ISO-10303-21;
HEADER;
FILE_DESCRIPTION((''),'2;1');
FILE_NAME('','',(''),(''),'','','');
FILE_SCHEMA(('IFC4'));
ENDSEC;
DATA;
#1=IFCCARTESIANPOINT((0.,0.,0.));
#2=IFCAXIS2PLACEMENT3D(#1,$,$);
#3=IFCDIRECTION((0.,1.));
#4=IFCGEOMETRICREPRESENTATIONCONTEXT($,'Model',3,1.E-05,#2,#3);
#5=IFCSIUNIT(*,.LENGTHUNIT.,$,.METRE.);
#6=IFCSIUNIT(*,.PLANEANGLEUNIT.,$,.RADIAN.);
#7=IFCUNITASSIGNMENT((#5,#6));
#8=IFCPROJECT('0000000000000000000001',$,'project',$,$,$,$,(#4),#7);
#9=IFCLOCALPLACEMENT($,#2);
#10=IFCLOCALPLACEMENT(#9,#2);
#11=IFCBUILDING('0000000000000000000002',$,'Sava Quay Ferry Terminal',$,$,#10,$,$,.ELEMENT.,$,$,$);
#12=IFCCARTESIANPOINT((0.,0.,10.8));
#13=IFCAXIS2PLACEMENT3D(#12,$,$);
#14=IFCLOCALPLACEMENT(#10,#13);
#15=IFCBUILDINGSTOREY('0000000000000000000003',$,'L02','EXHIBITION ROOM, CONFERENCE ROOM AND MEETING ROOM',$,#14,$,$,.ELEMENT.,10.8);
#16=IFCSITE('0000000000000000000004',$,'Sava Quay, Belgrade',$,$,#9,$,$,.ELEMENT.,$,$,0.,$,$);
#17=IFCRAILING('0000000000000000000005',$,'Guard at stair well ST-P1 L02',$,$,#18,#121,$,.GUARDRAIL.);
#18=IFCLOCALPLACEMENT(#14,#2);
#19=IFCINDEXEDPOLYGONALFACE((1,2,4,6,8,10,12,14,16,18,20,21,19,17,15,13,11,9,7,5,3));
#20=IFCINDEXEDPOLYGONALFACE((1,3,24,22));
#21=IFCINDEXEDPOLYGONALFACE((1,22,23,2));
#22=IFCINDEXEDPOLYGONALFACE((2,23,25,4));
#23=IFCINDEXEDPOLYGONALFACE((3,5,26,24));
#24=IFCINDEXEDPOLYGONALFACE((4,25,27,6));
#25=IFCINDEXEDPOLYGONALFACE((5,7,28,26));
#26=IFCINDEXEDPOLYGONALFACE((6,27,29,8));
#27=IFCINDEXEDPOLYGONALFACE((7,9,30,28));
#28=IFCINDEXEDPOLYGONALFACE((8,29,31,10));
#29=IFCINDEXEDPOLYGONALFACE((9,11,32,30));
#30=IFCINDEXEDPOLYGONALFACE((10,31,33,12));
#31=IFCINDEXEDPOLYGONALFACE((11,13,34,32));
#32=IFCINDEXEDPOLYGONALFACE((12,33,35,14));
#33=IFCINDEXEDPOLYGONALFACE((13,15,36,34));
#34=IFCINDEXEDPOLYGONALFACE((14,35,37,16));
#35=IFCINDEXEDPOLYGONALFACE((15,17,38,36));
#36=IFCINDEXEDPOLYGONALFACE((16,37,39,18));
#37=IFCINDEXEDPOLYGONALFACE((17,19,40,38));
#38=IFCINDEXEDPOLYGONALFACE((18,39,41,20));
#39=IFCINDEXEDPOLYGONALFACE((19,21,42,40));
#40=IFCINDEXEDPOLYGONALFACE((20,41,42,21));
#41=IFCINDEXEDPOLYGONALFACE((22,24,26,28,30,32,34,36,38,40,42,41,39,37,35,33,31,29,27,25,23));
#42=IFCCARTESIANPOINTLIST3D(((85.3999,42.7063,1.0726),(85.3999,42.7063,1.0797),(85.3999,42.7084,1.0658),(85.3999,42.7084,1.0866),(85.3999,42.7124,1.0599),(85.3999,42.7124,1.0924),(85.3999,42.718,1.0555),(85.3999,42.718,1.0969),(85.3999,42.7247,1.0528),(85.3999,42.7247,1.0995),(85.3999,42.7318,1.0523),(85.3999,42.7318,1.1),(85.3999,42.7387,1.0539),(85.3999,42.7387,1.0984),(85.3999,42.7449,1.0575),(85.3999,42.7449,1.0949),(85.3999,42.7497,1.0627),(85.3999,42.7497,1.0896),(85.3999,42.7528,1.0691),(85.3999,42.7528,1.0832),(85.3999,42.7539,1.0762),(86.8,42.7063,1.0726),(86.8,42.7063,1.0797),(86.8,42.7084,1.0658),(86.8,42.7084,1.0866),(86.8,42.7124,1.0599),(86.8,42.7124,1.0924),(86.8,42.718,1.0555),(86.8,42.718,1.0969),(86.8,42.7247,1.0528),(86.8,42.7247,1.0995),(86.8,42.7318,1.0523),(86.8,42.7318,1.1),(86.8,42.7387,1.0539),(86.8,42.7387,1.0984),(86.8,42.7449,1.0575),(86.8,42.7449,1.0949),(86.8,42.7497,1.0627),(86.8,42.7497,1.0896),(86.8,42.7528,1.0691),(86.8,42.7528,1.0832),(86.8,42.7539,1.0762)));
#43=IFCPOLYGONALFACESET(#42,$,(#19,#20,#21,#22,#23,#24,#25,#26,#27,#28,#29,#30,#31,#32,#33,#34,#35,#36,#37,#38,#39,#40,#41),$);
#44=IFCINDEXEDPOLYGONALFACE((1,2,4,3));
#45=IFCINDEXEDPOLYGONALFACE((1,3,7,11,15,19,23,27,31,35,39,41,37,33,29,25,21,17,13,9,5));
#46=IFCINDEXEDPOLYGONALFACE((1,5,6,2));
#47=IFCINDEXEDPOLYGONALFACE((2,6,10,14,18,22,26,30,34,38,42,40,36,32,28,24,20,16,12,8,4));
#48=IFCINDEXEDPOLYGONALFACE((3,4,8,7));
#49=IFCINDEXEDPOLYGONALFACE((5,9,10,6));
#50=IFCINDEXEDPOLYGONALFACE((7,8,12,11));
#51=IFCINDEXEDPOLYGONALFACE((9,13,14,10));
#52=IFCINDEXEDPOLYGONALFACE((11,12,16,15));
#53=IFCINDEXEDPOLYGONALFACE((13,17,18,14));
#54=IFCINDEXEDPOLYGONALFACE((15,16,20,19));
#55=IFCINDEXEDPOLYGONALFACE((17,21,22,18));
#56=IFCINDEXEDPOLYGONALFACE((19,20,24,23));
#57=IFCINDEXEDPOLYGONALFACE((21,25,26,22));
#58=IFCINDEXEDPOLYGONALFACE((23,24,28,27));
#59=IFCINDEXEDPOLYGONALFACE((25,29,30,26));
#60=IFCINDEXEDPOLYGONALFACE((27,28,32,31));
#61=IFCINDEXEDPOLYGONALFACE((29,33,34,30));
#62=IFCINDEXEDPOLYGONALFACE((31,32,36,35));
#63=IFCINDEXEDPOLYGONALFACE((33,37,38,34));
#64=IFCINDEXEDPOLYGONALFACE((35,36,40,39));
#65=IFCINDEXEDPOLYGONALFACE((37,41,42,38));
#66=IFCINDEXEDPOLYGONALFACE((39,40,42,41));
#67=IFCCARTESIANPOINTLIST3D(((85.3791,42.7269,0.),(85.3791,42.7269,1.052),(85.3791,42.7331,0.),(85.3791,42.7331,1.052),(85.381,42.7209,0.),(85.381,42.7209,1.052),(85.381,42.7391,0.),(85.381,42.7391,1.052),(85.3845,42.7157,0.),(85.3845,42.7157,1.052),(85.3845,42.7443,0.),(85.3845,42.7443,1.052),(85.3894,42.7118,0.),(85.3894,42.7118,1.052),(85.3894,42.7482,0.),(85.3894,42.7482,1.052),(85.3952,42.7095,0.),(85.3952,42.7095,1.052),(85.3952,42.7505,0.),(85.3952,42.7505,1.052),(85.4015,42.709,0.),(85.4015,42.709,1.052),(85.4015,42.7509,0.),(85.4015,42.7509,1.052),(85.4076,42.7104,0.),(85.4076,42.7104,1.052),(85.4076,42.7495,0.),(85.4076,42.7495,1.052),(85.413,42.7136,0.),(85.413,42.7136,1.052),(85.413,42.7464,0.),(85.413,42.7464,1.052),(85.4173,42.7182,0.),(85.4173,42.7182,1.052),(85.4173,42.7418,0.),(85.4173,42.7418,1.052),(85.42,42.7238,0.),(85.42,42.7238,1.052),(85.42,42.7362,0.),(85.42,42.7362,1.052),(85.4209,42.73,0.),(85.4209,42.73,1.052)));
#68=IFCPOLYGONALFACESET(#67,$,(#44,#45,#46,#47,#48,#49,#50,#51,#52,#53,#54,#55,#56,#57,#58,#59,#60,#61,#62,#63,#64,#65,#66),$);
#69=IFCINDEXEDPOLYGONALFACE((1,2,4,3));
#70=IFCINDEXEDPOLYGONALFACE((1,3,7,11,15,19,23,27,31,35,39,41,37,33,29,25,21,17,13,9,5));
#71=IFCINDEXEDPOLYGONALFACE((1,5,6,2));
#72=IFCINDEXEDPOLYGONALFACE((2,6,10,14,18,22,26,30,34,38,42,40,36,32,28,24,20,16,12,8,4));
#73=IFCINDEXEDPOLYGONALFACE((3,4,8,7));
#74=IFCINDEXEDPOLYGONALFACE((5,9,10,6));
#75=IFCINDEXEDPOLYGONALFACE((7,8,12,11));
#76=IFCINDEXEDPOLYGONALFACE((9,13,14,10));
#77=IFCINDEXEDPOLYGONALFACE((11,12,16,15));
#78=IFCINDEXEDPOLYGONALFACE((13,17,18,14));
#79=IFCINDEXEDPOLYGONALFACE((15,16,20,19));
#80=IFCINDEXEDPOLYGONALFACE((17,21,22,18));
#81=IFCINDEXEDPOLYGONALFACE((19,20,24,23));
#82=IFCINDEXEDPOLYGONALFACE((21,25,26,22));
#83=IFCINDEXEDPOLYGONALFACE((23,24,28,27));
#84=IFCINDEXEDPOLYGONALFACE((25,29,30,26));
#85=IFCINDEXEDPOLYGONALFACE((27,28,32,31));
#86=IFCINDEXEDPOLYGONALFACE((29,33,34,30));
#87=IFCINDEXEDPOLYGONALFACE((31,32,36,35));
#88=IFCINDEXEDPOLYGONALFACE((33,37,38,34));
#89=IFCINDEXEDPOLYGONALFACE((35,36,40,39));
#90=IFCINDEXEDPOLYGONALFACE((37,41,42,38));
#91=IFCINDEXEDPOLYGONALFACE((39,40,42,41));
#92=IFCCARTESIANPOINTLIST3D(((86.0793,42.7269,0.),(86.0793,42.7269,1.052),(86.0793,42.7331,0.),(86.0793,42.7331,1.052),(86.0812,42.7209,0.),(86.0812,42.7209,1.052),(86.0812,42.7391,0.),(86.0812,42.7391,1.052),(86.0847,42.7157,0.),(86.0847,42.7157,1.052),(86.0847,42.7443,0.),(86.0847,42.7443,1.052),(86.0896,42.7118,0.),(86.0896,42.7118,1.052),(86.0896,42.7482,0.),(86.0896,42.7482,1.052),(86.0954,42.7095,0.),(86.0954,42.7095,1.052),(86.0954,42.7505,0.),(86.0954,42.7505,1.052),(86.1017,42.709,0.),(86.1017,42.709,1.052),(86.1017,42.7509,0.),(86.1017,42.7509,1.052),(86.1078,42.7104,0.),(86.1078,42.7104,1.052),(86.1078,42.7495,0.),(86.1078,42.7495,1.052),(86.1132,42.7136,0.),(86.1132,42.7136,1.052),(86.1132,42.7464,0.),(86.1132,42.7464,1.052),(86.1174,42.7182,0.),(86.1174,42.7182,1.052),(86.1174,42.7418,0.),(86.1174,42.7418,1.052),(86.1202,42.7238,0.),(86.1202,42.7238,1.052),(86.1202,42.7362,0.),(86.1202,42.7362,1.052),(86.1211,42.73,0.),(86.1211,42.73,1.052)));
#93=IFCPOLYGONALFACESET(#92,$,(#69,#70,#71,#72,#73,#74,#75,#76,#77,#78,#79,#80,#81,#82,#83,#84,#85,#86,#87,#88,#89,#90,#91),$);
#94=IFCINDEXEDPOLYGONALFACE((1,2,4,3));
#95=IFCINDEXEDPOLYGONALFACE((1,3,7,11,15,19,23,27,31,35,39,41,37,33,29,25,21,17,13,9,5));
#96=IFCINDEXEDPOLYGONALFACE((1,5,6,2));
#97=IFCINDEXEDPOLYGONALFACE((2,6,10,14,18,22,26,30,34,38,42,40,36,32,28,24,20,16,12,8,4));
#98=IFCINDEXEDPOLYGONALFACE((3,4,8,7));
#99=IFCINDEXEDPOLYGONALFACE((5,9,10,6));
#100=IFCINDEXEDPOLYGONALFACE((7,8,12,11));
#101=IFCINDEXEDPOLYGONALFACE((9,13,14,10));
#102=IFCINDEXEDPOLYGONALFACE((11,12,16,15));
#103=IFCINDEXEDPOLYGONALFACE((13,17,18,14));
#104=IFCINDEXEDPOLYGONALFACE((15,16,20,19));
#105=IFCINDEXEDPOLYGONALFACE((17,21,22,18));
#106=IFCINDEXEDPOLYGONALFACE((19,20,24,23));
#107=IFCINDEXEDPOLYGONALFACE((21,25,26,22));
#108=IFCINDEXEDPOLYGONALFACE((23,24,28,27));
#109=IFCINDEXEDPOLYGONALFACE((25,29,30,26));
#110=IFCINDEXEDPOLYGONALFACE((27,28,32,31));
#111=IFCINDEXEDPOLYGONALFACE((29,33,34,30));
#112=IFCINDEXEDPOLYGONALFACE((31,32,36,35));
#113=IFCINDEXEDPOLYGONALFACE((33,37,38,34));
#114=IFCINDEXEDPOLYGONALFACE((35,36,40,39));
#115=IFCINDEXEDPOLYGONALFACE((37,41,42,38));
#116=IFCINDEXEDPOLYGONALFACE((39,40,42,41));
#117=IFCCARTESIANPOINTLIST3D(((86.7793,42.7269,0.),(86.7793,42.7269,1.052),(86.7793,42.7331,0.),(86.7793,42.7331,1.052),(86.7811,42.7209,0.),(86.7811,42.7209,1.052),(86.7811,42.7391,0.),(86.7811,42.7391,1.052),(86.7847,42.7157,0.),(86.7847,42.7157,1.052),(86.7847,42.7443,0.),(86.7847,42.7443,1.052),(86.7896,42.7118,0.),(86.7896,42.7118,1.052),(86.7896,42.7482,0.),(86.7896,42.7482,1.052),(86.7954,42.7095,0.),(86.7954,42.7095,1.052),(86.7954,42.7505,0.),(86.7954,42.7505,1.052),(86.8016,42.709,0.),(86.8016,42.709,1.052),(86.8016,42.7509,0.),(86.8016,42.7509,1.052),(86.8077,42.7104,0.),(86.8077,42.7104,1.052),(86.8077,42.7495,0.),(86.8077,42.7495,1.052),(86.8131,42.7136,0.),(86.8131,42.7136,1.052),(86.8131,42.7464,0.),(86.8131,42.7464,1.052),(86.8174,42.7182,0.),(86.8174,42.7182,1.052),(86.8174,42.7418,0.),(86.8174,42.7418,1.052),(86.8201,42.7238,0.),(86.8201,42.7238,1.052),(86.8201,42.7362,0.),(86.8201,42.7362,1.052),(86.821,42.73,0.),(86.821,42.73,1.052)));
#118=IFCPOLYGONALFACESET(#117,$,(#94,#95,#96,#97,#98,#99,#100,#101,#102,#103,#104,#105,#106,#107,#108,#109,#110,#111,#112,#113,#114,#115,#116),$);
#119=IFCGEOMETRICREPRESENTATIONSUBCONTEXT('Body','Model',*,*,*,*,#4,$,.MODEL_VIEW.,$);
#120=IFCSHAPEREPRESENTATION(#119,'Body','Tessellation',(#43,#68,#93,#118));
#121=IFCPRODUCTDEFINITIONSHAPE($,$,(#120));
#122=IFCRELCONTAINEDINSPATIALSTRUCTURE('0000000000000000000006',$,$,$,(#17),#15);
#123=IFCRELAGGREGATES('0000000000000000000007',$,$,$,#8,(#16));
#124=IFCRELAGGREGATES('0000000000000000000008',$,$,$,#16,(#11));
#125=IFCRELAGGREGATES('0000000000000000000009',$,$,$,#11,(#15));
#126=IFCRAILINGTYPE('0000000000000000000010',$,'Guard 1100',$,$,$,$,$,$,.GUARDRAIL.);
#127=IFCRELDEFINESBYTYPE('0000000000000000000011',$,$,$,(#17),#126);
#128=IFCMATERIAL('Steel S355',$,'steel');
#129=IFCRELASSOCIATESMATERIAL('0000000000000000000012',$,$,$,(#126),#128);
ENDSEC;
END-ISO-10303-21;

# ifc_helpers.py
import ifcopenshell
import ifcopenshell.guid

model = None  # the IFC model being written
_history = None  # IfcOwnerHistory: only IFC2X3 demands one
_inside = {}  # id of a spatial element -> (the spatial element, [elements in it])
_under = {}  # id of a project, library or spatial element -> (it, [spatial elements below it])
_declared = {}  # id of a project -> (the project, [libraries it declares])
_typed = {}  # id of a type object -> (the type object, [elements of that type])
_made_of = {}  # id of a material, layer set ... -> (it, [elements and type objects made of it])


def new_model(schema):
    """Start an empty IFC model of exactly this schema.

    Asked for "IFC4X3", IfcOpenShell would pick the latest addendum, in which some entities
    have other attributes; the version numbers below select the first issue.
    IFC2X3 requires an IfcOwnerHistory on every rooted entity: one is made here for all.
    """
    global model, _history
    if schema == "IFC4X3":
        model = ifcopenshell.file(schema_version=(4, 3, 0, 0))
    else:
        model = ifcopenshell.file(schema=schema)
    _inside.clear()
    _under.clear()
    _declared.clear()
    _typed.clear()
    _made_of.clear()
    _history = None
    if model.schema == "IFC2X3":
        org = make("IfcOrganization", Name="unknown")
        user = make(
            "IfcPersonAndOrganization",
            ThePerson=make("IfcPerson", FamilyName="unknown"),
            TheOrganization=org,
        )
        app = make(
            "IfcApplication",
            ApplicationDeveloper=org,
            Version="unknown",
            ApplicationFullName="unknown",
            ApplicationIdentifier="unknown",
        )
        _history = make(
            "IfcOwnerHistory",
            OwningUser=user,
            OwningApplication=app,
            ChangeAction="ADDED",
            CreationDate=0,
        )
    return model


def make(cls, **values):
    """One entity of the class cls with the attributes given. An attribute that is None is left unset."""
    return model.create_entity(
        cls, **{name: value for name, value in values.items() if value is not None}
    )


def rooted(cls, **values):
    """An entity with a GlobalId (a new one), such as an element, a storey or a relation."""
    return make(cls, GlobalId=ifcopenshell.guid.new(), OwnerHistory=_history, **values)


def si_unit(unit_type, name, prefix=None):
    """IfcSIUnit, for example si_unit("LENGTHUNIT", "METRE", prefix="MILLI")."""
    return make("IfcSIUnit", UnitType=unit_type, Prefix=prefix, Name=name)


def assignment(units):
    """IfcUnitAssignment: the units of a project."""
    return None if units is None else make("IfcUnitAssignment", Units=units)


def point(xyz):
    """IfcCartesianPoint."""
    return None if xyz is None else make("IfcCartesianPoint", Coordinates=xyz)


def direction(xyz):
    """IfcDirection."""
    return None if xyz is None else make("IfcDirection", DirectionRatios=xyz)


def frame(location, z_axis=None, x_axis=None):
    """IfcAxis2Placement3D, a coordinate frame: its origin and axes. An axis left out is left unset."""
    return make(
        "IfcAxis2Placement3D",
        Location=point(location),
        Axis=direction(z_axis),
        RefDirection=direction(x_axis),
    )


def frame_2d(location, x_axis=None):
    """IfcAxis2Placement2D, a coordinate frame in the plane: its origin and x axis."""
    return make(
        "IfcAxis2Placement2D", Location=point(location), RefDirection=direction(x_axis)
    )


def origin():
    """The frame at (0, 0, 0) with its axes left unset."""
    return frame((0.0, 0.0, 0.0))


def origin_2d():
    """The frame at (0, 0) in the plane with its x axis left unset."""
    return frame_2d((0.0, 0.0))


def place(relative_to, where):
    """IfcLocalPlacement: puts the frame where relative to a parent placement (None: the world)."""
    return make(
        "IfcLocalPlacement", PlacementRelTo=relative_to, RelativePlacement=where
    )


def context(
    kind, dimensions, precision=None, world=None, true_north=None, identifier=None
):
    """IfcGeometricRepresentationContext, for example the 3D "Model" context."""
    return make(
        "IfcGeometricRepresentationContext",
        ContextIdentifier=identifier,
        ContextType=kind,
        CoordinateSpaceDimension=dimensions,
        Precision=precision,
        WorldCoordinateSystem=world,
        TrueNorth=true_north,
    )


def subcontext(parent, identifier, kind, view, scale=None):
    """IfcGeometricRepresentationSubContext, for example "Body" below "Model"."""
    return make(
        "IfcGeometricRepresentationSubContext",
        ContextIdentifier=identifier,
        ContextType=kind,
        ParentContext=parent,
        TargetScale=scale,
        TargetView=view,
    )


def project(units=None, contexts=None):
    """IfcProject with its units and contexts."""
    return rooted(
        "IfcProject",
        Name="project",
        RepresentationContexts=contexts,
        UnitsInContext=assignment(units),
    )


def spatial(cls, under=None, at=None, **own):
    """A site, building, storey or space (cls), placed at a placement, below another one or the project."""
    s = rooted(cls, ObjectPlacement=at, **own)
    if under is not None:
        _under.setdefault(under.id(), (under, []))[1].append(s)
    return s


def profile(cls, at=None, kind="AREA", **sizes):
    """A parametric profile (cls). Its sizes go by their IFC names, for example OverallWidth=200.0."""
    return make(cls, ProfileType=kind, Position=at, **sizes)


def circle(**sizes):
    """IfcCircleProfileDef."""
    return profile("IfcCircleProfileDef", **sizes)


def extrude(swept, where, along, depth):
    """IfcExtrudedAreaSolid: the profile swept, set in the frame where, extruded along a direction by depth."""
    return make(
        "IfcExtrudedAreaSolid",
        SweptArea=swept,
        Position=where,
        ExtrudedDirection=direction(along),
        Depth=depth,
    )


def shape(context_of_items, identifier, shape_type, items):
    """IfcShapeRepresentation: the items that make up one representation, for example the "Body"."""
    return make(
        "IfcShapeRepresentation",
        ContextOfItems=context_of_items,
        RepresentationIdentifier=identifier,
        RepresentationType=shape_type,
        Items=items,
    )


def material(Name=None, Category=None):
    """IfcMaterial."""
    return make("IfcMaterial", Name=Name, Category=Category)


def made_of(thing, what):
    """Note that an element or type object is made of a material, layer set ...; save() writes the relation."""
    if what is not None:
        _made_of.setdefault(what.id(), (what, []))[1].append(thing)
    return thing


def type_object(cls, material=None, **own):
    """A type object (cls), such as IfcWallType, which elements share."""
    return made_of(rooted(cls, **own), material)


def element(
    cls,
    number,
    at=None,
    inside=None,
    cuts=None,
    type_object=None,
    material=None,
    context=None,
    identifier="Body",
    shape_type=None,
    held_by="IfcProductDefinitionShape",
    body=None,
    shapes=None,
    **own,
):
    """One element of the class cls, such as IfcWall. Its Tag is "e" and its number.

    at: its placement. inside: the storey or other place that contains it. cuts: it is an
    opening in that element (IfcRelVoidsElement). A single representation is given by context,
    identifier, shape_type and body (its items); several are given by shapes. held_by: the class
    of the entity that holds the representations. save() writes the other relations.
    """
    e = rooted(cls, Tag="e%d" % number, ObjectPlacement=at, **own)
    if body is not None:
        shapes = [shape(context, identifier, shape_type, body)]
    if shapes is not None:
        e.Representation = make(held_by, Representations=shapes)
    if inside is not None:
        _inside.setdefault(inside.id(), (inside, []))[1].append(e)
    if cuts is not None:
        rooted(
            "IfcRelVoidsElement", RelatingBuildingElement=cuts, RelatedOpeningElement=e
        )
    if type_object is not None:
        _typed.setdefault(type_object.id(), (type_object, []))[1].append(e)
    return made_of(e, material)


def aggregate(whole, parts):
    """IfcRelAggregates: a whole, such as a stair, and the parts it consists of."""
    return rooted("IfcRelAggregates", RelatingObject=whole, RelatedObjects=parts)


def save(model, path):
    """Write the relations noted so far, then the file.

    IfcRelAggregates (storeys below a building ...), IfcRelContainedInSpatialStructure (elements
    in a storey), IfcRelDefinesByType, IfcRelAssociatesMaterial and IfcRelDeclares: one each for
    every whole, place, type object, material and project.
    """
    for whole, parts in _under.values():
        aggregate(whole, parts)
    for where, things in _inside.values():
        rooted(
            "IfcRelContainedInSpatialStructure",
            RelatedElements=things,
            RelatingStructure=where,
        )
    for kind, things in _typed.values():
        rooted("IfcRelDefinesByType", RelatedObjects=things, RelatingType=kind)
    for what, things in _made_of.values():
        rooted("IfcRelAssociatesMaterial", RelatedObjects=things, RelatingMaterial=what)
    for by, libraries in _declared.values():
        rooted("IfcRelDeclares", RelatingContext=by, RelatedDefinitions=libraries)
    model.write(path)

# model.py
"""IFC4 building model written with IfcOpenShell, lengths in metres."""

from ifc_helpers import new_model, si_unit, direction, frame, origin, origin_2d, place, context, subcontext, project, spatial, circle, extrude, material, type_object, element, save


model = new_model("IFC4")

# Units and contexts
model_context = context("Model", 3, precision=1e-05, world=origin(), true_north=direction((0.0, 1.0)))
body_context = subcontext(model_context, "Body", "Model", "MODEL_VIEW")
ifc_project = project(units=[si_unit("LENGTHUNIT", "METRE"), si_unit("PLANEANGLEUNIT", "RADIAN")], contexts=[model_context])

# Site, building, storey
site_placement = place(None, origin())
site = spatial("IfcSite", under=ifc_project, at=site_placement, Name="Sava Quay, Belgrade", CompositionType="ELEMENT", RefElevation=0.0)
building_placement = place(site_placement, origin())
building = spatial("IfcBuilding", under=site, at=building_placement, Name="Sava Quay Ferry Terminal", CompositionType="ELEMENT")
storey_placement = place(building_placement, frame((0.0, 0.0, 10.8)))
storey = spatial("IfcBuildingStorey", under=building, at=storey_placement, Name="L02", Description="EXHIBITION ROOM, CONFERENCE ROOM AND MEETING ROOM", CompositionType="ELEMENT", Elevation=10.8)

# Railing
ifc_material_1 = material(Name="Steel S355", Category="steel")
railing_type_1 = type_object("IfcRailingType", Name="Guard 1100", PredefinedType="GUARDRAIL", material=ifc_material_1)
railing_1_placement = place(storey_placement, frame((85.3999, 42.73, 0.0)))
element("IfcRailing", 1, at=railing_1_placement, inside=storey, type_object=railing_type_1, Name="Guard at stair well ST-P1 L02", PredefinedType="GUARDRAIL", context=body_context, shape_type="SweptSolid", body=[
    extrude(circle(Radius=0.0239, at=origin_2d()), frame((0.0, 0.0, 1.0762), z_axis=(1.0, 0.0, 0.0), x_axis=(0.0, 1.0, 0.0)), (0.0, 0.0, 1.0), 1.4001),
    extrude(circle(Radius=0.021, at=origin_2d()), origin(), (0.0, 0.0, 1.0), 1.052),
    extrude(circle(Radius=0.021, at=origin_2d()), frame((0.7002, 0.0, 0.0)), (0.0, 0.0, 1.0), 1.052),
    extrude(circle(Radius=0.021, at=origin_2d()), frame((1.4001, 0.0, 0.0)), (0.0, 0.0, 1.0), 1.052),
])

save(model, "model.ifc")
